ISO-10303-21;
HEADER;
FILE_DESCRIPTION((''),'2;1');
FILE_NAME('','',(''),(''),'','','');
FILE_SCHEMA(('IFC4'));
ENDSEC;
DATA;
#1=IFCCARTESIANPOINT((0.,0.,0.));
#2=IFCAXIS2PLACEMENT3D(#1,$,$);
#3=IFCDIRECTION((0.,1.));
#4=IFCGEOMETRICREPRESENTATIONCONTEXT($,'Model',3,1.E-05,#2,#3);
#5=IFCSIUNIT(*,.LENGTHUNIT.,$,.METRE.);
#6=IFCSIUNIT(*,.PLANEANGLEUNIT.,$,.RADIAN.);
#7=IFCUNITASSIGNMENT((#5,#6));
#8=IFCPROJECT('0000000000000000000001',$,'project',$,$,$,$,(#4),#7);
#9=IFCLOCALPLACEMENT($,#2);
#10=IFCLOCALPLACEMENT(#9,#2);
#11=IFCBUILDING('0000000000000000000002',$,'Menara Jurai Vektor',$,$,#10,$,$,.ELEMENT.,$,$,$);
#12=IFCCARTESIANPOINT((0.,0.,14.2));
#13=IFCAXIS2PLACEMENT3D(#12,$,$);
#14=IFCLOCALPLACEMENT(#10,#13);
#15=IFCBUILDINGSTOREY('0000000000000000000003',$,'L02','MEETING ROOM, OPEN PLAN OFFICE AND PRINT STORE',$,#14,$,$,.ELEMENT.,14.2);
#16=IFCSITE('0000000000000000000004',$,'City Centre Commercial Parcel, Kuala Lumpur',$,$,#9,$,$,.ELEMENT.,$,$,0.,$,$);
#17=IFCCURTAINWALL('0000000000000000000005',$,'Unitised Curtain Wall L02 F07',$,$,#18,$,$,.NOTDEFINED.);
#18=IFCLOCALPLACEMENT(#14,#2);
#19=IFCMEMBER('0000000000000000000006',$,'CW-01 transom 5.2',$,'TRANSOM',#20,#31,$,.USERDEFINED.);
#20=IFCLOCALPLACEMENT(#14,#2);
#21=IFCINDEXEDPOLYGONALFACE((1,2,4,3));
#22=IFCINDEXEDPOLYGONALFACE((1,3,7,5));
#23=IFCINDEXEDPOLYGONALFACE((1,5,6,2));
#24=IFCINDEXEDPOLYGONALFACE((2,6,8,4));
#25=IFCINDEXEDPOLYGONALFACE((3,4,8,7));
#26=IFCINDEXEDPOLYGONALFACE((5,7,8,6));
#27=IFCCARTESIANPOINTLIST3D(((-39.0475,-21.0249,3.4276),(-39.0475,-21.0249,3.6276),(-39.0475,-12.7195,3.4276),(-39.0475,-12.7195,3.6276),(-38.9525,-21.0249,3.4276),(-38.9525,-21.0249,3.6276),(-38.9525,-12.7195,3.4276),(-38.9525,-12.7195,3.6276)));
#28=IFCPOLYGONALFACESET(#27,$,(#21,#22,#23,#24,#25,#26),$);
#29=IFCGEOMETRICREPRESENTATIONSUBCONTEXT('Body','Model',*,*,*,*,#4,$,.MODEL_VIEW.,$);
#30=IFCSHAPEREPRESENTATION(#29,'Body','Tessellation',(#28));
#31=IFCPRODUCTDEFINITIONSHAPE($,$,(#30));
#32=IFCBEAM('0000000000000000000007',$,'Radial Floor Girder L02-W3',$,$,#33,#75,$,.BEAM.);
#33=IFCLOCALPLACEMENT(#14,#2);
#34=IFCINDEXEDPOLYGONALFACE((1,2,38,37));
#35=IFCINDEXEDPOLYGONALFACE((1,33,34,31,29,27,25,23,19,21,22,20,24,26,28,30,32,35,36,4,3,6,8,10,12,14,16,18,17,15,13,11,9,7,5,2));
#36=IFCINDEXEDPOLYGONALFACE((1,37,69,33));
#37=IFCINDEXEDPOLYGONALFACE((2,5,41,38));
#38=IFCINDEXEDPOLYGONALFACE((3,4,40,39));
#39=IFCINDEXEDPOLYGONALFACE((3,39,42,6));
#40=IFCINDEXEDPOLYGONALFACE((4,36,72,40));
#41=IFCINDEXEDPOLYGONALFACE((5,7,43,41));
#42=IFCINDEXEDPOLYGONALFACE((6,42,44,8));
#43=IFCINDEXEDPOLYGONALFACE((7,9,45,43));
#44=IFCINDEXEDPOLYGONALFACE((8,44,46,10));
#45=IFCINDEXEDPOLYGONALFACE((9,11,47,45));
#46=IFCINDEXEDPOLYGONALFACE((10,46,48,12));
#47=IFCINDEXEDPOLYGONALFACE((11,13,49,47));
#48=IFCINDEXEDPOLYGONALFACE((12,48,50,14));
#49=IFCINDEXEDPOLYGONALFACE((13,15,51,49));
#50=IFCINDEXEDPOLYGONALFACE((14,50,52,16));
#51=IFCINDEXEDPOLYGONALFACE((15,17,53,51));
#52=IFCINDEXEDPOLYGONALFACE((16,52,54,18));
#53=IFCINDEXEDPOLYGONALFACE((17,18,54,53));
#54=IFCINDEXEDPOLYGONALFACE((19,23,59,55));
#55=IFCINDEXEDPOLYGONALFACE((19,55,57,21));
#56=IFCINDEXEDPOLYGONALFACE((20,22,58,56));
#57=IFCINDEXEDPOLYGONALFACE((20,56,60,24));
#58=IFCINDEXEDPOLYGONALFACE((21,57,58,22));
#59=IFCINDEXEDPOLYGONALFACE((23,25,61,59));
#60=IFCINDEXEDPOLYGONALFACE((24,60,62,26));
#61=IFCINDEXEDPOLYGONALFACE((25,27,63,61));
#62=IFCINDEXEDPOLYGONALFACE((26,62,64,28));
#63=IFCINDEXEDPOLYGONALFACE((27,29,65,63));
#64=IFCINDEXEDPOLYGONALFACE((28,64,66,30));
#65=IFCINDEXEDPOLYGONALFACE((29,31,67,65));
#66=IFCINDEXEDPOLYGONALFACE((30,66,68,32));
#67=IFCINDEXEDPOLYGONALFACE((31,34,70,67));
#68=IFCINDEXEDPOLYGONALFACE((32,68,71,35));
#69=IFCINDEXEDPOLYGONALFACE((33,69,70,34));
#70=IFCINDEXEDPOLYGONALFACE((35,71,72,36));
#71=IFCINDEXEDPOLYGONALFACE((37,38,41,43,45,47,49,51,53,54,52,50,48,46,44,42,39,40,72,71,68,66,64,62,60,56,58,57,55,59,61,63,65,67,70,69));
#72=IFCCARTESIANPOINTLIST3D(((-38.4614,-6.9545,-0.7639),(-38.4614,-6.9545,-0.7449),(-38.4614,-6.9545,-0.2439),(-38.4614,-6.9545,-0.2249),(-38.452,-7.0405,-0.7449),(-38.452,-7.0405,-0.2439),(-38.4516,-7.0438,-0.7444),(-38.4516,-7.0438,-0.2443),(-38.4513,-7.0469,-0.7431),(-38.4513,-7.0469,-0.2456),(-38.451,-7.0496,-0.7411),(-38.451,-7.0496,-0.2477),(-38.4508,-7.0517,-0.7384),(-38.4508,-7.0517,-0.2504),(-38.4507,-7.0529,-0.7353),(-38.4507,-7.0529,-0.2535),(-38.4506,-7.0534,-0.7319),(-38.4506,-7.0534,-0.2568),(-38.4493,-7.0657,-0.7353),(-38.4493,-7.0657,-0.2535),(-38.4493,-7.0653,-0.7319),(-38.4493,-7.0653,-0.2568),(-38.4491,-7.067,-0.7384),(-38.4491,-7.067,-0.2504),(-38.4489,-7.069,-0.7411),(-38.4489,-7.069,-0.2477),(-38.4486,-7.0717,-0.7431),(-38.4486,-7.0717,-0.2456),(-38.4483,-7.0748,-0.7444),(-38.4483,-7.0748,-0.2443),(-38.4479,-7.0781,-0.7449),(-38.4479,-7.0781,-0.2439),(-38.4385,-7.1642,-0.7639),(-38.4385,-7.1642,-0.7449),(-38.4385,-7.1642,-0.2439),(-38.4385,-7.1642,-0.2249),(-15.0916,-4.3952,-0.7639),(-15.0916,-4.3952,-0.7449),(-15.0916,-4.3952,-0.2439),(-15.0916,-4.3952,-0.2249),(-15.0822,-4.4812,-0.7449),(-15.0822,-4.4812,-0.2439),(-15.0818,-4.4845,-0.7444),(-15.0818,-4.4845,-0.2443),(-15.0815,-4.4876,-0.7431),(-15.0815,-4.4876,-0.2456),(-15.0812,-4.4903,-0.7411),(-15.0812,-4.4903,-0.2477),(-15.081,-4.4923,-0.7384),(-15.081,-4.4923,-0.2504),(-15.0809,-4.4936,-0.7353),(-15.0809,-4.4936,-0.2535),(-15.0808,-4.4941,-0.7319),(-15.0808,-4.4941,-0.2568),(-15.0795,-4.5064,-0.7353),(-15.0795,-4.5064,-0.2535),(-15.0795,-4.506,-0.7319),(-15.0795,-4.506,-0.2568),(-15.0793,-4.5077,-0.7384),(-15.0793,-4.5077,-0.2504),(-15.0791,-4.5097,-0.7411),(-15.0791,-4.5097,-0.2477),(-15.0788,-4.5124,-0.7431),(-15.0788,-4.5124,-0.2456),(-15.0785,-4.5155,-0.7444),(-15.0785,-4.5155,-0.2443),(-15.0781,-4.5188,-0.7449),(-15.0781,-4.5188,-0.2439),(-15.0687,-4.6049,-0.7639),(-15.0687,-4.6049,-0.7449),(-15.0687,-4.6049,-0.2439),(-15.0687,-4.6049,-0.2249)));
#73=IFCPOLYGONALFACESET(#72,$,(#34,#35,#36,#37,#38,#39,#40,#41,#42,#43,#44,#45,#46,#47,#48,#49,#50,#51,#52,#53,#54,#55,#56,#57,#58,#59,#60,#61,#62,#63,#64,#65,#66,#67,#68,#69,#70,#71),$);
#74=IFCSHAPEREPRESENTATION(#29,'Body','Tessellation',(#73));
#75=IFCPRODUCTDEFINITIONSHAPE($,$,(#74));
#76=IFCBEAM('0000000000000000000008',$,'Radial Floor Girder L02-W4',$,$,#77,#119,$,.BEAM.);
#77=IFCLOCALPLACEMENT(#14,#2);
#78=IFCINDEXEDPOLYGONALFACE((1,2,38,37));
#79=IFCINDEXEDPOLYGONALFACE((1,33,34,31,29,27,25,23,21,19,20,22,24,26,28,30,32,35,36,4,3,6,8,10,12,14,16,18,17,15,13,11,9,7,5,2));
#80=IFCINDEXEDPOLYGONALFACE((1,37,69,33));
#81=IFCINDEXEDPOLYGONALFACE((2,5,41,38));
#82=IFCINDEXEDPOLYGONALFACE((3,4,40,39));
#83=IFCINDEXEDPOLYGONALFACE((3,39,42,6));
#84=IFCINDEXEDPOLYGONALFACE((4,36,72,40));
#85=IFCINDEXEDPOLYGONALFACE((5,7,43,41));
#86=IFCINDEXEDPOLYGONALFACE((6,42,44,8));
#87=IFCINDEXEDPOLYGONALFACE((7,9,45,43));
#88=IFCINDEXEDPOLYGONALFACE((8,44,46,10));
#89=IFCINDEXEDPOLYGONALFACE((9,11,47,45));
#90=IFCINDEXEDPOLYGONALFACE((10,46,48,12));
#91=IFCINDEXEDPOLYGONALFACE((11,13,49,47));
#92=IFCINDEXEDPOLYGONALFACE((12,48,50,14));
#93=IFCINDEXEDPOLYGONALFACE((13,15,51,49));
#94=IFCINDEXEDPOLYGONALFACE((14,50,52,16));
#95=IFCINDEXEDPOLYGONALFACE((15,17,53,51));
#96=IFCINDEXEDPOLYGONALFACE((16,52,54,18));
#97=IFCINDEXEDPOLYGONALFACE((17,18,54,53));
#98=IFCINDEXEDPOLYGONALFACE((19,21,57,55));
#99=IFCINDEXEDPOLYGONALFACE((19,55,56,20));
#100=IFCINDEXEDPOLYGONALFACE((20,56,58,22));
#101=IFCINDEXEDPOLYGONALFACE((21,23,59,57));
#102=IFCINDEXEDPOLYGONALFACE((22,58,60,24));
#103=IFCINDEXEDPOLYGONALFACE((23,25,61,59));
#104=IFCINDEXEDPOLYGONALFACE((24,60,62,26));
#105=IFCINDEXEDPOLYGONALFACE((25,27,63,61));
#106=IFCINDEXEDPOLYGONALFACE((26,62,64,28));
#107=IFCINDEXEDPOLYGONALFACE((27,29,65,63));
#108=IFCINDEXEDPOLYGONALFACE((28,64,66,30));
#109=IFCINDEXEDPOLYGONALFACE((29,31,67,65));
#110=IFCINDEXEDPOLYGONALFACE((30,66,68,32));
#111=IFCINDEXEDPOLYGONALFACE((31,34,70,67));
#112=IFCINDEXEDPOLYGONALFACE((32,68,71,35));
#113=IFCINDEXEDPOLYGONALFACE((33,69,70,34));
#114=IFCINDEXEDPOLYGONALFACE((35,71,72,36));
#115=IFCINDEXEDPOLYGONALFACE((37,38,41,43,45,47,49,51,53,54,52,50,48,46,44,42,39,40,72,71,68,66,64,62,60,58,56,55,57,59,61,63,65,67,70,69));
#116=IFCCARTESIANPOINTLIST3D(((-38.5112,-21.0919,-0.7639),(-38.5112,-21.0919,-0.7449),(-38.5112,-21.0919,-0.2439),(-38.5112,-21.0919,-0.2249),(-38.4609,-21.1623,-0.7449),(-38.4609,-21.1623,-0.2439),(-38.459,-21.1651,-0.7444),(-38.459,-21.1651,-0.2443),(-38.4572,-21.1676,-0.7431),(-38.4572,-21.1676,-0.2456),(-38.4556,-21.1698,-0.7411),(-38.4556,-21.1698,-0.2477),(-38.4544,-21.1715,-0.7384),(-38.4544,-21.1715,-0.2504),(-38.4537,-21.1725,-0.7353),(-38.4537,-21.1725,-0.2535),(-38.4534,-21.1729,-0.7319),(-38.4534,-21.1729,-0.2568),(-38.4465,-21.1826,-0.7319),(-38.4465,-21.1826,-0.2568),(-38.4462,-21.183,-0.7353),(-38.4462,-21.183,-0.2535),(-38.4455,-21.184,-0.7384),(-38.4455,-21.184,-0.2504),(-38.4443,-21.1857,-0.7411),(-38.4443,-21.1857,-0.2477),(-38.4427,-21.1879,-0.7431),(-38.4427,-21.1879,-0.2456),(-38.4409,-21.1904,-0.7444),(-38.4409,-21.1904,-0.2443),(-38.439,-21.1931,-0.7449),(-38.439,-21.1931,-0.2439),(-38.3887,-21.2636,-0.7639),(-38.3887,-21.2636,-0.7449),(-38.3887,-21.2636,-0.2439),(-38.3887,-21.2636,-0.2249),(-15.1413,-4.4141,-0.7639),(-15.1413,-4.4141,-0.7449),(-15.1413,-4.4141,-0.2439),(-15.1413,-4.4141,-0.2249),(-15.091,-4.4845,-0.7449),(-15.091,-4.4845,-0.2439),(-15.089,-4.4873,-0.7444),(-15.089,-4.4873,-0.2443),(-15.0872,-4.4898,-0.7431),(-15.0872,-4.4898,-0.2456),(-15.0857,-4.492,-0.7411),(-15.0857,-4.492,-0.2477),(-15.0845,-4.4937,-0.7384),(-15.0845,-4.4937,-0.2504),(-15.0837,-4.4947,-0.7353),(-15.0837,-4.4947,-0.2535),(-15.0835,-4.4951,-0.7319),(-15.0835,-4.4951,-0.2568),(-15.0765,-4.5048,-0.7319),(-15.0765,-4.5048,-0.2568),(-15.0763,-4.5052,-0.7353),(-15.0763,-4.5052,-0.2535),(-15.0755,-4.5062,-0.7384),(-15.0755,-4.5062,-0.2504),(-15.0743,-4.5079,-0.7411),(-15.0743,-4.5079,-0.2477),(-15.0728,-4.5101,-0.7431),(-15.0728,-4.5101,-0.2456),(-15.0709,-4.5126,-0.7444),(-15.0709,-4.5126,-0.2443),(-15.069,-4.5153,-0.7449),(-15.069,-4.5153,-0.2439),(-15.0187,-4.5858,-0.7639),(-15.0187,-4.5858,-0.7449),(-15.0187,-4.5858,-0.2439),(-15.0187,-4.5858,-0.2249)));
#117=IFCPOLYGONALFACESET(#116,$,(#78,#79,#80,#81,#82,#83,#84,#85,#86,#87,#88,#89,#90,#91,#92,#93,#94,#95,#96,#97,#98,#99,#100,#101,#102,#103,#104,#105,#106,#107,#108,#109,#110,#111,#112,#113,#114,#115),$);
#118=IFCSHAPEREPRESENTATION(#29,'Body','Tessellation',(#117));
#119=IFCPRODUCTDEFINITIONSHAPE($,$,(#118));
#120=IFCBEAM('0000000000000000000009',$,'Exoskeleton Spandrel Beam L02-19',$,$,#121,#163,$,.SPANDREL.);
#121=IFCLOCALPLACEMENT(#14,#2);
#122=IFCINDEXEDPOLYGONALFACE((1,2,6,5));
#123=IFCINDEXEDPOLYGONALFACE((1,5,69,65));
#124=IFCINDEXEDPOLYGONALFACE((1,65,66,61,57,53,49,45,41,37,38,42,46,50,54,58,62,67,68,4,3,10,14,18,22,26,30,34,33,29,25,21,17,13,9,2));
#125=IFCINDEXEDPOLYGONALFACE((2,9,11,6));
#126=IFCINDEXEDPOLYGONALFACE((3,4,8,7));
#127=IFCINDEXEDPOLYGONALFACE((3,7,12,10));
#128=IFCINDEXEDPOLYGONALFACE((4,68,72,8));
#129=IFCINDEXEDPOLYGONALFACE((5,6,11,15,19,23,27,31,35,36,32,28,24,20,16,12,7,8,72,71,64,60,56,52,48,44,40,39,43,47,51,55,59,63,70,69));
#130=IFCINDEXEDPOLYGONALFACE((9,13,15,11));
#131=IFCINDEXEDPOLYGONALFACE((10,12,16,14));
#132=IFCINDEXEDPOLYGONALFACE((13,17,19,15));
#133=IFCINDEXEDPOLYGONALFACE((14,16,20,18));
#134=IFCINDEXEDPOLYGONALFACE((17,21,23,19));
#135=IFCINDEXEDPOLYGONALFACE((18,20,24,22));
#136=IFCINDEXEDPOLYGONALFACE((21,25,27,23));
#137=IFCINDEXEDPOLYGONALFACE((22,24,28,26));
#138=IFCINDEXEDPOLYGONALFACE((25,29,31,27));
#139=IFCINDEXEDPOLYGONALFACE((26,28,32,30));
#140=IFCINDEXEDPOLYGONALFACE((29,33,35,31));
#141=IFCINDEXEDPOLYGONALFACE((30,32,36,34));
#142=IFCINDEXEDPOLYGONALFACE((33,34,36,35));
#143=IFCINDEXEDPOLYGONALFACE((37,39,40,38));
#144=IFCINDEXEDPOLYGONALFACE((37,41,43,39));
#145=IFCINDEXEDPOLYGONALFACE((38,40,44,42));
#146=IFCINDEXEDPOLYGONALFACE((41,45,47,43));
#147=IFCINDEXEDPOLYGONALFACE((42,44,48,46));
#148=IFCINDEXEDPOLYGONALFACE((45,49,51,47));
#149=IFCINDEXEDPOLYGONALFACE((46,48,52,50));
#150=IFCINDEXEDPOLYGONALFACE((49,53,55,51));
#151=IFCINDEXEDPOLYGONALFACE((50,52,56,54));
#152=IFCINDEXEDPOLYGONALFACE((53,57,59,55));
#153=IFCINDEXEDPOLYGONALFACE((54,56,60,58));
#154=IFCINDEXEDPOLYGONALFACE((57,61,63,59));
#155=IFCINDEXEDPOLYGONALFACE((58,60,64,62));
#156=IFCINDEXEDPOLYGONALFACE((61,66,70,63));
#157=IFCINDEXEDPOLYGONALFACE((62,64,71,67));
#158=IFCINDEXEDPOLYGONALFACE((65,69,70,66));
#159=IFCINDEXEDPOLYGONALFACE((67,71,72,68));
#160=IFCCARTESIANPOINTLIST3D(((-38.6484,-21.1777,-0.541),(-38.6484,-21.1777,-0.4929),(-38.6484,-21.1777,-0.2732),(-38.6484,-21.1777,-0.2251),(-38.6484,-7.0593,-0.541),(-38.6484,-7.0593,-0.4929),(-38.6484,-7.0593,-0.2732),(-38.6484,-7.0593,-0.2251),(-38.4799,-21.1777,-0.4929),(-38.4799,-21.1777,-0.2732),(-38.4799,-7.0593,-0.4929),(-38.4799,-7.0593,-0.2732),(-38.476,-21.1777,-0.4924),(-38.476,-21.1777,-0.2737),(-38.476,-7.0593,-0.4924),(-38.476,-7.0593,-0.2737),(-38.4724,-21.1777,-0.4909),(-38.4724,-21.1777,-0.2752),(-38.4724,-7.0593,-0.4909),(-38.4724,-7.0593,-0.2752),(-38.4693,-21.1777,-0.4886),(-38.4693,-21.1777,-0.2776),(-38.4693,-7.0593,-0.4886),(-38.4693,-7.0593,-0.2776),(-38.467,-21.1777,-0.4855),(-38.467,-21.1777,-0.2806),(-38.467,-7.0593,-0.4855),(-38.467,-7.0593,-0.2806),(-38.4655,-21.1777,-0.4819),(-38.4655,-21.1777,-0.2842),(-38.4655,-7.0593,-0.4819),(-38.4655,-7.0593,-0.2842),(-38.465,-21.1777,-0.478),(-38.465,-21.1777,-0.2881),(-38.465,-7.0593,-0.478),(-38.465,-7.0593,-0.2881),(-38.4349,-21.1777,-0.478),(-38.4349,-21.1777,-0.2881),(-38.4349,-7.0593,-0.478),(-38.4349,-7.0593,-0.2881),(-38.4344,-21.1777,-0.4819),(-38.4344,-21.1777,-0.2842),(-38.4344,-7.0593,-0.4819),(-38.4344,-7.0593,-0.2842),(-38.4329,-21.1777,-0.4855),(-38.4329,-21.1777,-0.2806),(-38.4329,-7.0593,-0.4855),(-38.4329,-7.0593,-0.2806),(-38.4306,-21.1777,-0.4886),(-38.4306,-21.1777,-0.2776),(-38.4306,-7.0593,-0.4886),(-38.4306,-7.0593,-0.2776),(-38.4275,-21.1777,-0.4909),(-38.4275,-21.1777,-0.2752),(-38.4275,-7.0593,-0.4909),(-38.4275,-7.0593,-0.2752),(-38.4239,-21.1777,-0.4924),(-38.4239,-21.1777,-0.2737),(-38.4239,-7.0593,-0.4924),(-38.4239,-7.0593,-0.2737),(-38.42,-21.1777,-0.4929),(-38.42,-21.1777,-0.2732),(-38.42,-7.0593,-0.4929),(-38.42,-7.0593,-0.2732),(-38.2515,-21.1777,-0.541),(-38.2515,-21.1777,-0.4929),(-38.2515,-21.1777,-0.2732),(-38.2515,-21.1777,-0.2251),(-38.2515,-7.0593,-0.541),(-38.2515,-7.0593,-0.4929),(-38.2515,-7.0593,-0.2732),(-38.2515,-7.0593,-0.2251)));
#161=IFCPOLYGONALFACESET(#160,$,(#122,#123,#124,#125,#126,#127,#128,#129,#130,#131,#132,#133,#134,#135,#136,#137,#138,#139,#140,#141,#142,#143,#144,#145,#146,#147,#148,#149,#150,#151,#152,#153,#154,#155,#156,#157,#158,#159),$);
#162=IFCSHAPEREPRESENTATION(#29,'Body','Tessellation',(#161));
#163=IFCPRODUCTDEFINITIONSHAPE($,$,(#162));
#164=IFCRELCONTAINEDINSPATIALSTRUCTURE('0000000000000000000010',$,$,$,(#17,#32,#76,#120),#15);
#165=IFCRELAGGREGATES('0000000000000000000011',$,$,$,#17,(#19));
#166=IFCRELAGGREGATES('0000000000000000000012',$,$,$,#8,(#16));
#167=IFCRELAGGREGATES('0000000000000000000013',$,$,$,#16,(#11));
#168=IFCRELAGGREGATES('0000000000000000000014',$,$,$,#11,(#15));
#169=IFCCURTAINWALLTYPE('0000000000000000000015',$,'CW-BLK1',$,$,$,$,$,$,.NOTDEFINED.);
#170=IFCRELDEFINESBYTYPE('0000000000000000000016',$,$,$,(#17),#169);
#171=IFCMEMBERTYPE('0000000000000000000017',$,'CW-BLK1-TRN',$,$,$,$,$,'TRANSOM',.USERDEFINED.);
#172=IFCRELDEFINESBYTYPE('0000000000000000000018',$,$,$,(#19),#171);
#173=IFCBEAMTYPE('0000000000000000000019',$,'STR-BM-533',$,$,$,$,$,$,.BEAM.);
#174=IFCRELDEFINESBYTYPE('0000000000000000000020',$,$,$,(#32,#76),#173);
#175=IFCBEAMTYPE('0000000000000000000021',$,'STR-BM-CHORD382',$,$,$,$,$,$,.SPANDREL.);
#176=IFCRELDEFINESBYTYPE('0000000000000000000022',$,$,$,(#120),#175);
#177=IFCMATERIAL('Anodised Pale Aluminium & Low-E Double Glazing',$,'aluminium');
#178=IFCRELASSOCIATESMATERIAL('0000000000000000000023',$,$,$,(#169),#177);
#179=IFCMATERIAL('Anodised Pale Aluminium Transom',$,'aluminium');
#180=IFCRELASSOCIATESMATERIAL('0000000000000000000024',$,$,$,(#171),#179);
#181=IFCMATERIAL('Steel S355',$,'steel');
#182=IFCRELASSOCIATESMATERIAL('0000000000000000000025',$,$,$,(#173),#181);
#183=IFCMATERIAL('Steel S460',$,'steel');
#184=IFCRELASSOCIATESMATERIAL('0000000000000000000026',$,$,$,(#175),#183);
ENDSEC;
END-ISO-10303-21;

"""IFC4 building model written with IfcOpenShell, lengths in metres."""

from ifc_helpers import new_model, si_unit, direction, frame, origin, origin_2d, place, context, subcontext, project, spatial, rectangle, i_section, extrude, material, material_profile, profile_set, type_object, element, aggregate, save


model = new_model("IFC4")

# Units and contexts
model_context = context("Model", 3, precision=1e-05, world=origin(), true_north=direction((0.0, 1.0)))
body_context = subcontext(model_context, "Body", "Model", "MODEL_VIEW")
ifc_project = project(units=[si_unit("LENGTHUNIT", "METRE"), si_unit("PLANEANGLEUNIT", "RADIAN")], contexts=[model_context])

# Site, building, storey
site_placement = place(None, origin())
site = spatial("IfcSite", under=ifc_project, at=site_placement, Name="City Centre Commercial Parcel, Kuala Lumpur", CompositionType="ELEMENT", RefElevation=0.0)
building_placement = place(site_placement, origin())
building = spatial("IfcBuilding", under=site, at=building_placement, Name="Menara Jurai Vektor", CompositionType="ELEMENT")
storey_placement = place(building_placement, frame((0.0, 0.0, 14.2)))
storey = spatial("IfcBuildingStorey", under=building, at=storey_placement, Name="L02", Description="MEETING ROOM, OPEN PLAN OFFICE AND PRINT STORE", CompositionType="ELEMENT", Elevation=14.2)

# Shared definitions
ifc_material_1 = material(Name="Steel S460", Category="steel")

# Curtain wall
ifc_material_2 = material(Name="Anodised Pale Aluminium & Low-E Double Glazing", Category="aluminium")
curtain_wall_type = type_object("IfcCurtainWallType", Name="CW-BLK1", PredefinedType="NOTDEFINED", material=ifc_material_2)
curtain_wall_1_placement = place(storey_placement, origin())
curtain_wall_1 = element("IfcCurtainWall", 1, at=curtain_wall_1_placement, inside=storey, type_object=curtain_wall_type, Name="Unitised Curtain Wall L02 F07", PredefinedType="NOTDEFINED")

# Member
ifc_material_3 = material(Name="Anodised Pale Aluminium Transom", Category="aluminium")
ifc_material_profile_1 = material_profile(ifc_material_3, rectangle(XDim=0.095, YDim=0.2, at=origin_2d()), Name="ALU TRN 95x200")
ifc_profile_set_1 = profile_set([ifc_material_profile_1], Name="Anodised Pale Aluminium Transom")
member_type_1 = type_object("IfcMemberType", Name="CW-BLK1-TRN", ElementType="TRANSOM", PredefinedType="USERDEFINED", material=ifc_profile_set_1)
member_1_placement = place(storey_placement, frame((-39.0, -12.7195, 3.5276), z_axis=(0.0, -1.0, 0.0), x_axis=(1.0, 0.0, 0.0)))
member_1 = element("IfcMember", 2, at=member_1_placement, type_object=member_type_1, Name="CW-01 transom 5.2", ObjectType="TRANSOM", PredefinedType="USERDEFINED", context=body_context, shape_type="SweptSolid", body=[
    extrude(rectangle(XDim=0.095, YDim=0.2, at=origin_2d()), origin(), (0.0, 0.0, 1.0), 8.3054),
])

# Beams
ifc_material_4 = material(Name="Steel S355", Category="steel")
ifc_material_profile_2 = material_profile(ifc_material_4, i_section(OverallWidth=0.2109, OverallDepth=0.5391, WebThickness=0.012, FlangeThickness=0.019, FilletRadius=0.0129, at=origin_2d()), Name="UKB 533x210x109")
ifc_profile_set_2 = profile_set([ifc_material_profile_2], Name="Steel S355")
beam_type_1 = type_object("IfcBeamType", Name="STR-BM-533", PredefinedType="BEAM", material=ifc_profile_set_2)
beam_1_placement = place(storey_placement, frame((-38.45, -7.0593, -0.4944), z_axis=(0.994057, 0.108863, 0.0), x_axis=(-0.108863, 0.994057, 0.0)))
element("IfcBeam", 3, at=beam_1_placement, inside=storey, type_object=beam_type_1, Name="Radial Floor Girder L02-W3", PredefinedType="BEAM", context=body_context, shape_type="SweptSolid", body=[
    extrude(i_section(OverallWidth=0.2109, OverallDepth=0.5391, WebThickness=0.012, FlangeThickness=0.019, FilletRadius=0.0129, at=origin_2d()), origin(), (0.0, 0.0, 1.0), 23.5095),
])
beam_2_placement = place(storey_placement, frame((-38.45, -21.1777, -0.4944), z_axis=(0.813981, 0.580891, 0.0), x_axis=(-0.580891, 0.813981, 0.0)))
element("IfcBeam", 4, at=beam_2_placement, inside=storey, type_object=beam_type_1, Name="Radial Floor Girder L02-W4", PredefinedType="BEAM", context=body_context, shape_type="SweptSolid", body=[
    extrude(i_section(OverallWidth=0.2109, OverallDepth=0.5391, WebThickness=0.012, FlangeThickness=0.019, FilletRadius=0.0129, at=origin_2d()), origin(), (0.0, 0.0, 1.0), 28.7107),
])
ifc_material_profile_3 = material_profile(ifc_material_1, i_section(OverallWidth=0.397, OverallDepth=0.3159, WebThickness=0.03, FlangeThickness=0.0481, FilletRadius=0.0149, at=origin_2d()), Name="HD 400x382")
ifc_profile_set_3 = profile_set([ifc_material_profile_3], Name="Steel S460")
beam_type_2 = type_object("IfcBeamType", Name="STR-BM-CHORD382", PredefinedType="SPANDREL", material=ifc_profile_set_3)
beam_3_placement = place(storey_placement, frame((-38.45, -7.0593, -0.3831), z_axis=(0.0, -1.0, 0.0), x_axis=(1.0, 0.0, 0.0)))
element("IfcBeam", 5, at=beam_3_placement, inside=storey, type_object=beam_type_2, Name="Exoskeleton Spandrel Beam L02-19", PredefinedType="SPANDREL", context=body_context, shape_type="SweptSolid", body=[
    extrude(i_section(OverallWidth=0.397, OverallDepth=0.3159, WebThickness=0.03, FlangeThickness=0.0481, FilletRadius=0.0149, at=origin_2d()), origin(), (0.0, 0.0, 1.0), 14.1184),
])

aggregate(curtain_wall_1, [member_1])

save(model, "model.ifc")
